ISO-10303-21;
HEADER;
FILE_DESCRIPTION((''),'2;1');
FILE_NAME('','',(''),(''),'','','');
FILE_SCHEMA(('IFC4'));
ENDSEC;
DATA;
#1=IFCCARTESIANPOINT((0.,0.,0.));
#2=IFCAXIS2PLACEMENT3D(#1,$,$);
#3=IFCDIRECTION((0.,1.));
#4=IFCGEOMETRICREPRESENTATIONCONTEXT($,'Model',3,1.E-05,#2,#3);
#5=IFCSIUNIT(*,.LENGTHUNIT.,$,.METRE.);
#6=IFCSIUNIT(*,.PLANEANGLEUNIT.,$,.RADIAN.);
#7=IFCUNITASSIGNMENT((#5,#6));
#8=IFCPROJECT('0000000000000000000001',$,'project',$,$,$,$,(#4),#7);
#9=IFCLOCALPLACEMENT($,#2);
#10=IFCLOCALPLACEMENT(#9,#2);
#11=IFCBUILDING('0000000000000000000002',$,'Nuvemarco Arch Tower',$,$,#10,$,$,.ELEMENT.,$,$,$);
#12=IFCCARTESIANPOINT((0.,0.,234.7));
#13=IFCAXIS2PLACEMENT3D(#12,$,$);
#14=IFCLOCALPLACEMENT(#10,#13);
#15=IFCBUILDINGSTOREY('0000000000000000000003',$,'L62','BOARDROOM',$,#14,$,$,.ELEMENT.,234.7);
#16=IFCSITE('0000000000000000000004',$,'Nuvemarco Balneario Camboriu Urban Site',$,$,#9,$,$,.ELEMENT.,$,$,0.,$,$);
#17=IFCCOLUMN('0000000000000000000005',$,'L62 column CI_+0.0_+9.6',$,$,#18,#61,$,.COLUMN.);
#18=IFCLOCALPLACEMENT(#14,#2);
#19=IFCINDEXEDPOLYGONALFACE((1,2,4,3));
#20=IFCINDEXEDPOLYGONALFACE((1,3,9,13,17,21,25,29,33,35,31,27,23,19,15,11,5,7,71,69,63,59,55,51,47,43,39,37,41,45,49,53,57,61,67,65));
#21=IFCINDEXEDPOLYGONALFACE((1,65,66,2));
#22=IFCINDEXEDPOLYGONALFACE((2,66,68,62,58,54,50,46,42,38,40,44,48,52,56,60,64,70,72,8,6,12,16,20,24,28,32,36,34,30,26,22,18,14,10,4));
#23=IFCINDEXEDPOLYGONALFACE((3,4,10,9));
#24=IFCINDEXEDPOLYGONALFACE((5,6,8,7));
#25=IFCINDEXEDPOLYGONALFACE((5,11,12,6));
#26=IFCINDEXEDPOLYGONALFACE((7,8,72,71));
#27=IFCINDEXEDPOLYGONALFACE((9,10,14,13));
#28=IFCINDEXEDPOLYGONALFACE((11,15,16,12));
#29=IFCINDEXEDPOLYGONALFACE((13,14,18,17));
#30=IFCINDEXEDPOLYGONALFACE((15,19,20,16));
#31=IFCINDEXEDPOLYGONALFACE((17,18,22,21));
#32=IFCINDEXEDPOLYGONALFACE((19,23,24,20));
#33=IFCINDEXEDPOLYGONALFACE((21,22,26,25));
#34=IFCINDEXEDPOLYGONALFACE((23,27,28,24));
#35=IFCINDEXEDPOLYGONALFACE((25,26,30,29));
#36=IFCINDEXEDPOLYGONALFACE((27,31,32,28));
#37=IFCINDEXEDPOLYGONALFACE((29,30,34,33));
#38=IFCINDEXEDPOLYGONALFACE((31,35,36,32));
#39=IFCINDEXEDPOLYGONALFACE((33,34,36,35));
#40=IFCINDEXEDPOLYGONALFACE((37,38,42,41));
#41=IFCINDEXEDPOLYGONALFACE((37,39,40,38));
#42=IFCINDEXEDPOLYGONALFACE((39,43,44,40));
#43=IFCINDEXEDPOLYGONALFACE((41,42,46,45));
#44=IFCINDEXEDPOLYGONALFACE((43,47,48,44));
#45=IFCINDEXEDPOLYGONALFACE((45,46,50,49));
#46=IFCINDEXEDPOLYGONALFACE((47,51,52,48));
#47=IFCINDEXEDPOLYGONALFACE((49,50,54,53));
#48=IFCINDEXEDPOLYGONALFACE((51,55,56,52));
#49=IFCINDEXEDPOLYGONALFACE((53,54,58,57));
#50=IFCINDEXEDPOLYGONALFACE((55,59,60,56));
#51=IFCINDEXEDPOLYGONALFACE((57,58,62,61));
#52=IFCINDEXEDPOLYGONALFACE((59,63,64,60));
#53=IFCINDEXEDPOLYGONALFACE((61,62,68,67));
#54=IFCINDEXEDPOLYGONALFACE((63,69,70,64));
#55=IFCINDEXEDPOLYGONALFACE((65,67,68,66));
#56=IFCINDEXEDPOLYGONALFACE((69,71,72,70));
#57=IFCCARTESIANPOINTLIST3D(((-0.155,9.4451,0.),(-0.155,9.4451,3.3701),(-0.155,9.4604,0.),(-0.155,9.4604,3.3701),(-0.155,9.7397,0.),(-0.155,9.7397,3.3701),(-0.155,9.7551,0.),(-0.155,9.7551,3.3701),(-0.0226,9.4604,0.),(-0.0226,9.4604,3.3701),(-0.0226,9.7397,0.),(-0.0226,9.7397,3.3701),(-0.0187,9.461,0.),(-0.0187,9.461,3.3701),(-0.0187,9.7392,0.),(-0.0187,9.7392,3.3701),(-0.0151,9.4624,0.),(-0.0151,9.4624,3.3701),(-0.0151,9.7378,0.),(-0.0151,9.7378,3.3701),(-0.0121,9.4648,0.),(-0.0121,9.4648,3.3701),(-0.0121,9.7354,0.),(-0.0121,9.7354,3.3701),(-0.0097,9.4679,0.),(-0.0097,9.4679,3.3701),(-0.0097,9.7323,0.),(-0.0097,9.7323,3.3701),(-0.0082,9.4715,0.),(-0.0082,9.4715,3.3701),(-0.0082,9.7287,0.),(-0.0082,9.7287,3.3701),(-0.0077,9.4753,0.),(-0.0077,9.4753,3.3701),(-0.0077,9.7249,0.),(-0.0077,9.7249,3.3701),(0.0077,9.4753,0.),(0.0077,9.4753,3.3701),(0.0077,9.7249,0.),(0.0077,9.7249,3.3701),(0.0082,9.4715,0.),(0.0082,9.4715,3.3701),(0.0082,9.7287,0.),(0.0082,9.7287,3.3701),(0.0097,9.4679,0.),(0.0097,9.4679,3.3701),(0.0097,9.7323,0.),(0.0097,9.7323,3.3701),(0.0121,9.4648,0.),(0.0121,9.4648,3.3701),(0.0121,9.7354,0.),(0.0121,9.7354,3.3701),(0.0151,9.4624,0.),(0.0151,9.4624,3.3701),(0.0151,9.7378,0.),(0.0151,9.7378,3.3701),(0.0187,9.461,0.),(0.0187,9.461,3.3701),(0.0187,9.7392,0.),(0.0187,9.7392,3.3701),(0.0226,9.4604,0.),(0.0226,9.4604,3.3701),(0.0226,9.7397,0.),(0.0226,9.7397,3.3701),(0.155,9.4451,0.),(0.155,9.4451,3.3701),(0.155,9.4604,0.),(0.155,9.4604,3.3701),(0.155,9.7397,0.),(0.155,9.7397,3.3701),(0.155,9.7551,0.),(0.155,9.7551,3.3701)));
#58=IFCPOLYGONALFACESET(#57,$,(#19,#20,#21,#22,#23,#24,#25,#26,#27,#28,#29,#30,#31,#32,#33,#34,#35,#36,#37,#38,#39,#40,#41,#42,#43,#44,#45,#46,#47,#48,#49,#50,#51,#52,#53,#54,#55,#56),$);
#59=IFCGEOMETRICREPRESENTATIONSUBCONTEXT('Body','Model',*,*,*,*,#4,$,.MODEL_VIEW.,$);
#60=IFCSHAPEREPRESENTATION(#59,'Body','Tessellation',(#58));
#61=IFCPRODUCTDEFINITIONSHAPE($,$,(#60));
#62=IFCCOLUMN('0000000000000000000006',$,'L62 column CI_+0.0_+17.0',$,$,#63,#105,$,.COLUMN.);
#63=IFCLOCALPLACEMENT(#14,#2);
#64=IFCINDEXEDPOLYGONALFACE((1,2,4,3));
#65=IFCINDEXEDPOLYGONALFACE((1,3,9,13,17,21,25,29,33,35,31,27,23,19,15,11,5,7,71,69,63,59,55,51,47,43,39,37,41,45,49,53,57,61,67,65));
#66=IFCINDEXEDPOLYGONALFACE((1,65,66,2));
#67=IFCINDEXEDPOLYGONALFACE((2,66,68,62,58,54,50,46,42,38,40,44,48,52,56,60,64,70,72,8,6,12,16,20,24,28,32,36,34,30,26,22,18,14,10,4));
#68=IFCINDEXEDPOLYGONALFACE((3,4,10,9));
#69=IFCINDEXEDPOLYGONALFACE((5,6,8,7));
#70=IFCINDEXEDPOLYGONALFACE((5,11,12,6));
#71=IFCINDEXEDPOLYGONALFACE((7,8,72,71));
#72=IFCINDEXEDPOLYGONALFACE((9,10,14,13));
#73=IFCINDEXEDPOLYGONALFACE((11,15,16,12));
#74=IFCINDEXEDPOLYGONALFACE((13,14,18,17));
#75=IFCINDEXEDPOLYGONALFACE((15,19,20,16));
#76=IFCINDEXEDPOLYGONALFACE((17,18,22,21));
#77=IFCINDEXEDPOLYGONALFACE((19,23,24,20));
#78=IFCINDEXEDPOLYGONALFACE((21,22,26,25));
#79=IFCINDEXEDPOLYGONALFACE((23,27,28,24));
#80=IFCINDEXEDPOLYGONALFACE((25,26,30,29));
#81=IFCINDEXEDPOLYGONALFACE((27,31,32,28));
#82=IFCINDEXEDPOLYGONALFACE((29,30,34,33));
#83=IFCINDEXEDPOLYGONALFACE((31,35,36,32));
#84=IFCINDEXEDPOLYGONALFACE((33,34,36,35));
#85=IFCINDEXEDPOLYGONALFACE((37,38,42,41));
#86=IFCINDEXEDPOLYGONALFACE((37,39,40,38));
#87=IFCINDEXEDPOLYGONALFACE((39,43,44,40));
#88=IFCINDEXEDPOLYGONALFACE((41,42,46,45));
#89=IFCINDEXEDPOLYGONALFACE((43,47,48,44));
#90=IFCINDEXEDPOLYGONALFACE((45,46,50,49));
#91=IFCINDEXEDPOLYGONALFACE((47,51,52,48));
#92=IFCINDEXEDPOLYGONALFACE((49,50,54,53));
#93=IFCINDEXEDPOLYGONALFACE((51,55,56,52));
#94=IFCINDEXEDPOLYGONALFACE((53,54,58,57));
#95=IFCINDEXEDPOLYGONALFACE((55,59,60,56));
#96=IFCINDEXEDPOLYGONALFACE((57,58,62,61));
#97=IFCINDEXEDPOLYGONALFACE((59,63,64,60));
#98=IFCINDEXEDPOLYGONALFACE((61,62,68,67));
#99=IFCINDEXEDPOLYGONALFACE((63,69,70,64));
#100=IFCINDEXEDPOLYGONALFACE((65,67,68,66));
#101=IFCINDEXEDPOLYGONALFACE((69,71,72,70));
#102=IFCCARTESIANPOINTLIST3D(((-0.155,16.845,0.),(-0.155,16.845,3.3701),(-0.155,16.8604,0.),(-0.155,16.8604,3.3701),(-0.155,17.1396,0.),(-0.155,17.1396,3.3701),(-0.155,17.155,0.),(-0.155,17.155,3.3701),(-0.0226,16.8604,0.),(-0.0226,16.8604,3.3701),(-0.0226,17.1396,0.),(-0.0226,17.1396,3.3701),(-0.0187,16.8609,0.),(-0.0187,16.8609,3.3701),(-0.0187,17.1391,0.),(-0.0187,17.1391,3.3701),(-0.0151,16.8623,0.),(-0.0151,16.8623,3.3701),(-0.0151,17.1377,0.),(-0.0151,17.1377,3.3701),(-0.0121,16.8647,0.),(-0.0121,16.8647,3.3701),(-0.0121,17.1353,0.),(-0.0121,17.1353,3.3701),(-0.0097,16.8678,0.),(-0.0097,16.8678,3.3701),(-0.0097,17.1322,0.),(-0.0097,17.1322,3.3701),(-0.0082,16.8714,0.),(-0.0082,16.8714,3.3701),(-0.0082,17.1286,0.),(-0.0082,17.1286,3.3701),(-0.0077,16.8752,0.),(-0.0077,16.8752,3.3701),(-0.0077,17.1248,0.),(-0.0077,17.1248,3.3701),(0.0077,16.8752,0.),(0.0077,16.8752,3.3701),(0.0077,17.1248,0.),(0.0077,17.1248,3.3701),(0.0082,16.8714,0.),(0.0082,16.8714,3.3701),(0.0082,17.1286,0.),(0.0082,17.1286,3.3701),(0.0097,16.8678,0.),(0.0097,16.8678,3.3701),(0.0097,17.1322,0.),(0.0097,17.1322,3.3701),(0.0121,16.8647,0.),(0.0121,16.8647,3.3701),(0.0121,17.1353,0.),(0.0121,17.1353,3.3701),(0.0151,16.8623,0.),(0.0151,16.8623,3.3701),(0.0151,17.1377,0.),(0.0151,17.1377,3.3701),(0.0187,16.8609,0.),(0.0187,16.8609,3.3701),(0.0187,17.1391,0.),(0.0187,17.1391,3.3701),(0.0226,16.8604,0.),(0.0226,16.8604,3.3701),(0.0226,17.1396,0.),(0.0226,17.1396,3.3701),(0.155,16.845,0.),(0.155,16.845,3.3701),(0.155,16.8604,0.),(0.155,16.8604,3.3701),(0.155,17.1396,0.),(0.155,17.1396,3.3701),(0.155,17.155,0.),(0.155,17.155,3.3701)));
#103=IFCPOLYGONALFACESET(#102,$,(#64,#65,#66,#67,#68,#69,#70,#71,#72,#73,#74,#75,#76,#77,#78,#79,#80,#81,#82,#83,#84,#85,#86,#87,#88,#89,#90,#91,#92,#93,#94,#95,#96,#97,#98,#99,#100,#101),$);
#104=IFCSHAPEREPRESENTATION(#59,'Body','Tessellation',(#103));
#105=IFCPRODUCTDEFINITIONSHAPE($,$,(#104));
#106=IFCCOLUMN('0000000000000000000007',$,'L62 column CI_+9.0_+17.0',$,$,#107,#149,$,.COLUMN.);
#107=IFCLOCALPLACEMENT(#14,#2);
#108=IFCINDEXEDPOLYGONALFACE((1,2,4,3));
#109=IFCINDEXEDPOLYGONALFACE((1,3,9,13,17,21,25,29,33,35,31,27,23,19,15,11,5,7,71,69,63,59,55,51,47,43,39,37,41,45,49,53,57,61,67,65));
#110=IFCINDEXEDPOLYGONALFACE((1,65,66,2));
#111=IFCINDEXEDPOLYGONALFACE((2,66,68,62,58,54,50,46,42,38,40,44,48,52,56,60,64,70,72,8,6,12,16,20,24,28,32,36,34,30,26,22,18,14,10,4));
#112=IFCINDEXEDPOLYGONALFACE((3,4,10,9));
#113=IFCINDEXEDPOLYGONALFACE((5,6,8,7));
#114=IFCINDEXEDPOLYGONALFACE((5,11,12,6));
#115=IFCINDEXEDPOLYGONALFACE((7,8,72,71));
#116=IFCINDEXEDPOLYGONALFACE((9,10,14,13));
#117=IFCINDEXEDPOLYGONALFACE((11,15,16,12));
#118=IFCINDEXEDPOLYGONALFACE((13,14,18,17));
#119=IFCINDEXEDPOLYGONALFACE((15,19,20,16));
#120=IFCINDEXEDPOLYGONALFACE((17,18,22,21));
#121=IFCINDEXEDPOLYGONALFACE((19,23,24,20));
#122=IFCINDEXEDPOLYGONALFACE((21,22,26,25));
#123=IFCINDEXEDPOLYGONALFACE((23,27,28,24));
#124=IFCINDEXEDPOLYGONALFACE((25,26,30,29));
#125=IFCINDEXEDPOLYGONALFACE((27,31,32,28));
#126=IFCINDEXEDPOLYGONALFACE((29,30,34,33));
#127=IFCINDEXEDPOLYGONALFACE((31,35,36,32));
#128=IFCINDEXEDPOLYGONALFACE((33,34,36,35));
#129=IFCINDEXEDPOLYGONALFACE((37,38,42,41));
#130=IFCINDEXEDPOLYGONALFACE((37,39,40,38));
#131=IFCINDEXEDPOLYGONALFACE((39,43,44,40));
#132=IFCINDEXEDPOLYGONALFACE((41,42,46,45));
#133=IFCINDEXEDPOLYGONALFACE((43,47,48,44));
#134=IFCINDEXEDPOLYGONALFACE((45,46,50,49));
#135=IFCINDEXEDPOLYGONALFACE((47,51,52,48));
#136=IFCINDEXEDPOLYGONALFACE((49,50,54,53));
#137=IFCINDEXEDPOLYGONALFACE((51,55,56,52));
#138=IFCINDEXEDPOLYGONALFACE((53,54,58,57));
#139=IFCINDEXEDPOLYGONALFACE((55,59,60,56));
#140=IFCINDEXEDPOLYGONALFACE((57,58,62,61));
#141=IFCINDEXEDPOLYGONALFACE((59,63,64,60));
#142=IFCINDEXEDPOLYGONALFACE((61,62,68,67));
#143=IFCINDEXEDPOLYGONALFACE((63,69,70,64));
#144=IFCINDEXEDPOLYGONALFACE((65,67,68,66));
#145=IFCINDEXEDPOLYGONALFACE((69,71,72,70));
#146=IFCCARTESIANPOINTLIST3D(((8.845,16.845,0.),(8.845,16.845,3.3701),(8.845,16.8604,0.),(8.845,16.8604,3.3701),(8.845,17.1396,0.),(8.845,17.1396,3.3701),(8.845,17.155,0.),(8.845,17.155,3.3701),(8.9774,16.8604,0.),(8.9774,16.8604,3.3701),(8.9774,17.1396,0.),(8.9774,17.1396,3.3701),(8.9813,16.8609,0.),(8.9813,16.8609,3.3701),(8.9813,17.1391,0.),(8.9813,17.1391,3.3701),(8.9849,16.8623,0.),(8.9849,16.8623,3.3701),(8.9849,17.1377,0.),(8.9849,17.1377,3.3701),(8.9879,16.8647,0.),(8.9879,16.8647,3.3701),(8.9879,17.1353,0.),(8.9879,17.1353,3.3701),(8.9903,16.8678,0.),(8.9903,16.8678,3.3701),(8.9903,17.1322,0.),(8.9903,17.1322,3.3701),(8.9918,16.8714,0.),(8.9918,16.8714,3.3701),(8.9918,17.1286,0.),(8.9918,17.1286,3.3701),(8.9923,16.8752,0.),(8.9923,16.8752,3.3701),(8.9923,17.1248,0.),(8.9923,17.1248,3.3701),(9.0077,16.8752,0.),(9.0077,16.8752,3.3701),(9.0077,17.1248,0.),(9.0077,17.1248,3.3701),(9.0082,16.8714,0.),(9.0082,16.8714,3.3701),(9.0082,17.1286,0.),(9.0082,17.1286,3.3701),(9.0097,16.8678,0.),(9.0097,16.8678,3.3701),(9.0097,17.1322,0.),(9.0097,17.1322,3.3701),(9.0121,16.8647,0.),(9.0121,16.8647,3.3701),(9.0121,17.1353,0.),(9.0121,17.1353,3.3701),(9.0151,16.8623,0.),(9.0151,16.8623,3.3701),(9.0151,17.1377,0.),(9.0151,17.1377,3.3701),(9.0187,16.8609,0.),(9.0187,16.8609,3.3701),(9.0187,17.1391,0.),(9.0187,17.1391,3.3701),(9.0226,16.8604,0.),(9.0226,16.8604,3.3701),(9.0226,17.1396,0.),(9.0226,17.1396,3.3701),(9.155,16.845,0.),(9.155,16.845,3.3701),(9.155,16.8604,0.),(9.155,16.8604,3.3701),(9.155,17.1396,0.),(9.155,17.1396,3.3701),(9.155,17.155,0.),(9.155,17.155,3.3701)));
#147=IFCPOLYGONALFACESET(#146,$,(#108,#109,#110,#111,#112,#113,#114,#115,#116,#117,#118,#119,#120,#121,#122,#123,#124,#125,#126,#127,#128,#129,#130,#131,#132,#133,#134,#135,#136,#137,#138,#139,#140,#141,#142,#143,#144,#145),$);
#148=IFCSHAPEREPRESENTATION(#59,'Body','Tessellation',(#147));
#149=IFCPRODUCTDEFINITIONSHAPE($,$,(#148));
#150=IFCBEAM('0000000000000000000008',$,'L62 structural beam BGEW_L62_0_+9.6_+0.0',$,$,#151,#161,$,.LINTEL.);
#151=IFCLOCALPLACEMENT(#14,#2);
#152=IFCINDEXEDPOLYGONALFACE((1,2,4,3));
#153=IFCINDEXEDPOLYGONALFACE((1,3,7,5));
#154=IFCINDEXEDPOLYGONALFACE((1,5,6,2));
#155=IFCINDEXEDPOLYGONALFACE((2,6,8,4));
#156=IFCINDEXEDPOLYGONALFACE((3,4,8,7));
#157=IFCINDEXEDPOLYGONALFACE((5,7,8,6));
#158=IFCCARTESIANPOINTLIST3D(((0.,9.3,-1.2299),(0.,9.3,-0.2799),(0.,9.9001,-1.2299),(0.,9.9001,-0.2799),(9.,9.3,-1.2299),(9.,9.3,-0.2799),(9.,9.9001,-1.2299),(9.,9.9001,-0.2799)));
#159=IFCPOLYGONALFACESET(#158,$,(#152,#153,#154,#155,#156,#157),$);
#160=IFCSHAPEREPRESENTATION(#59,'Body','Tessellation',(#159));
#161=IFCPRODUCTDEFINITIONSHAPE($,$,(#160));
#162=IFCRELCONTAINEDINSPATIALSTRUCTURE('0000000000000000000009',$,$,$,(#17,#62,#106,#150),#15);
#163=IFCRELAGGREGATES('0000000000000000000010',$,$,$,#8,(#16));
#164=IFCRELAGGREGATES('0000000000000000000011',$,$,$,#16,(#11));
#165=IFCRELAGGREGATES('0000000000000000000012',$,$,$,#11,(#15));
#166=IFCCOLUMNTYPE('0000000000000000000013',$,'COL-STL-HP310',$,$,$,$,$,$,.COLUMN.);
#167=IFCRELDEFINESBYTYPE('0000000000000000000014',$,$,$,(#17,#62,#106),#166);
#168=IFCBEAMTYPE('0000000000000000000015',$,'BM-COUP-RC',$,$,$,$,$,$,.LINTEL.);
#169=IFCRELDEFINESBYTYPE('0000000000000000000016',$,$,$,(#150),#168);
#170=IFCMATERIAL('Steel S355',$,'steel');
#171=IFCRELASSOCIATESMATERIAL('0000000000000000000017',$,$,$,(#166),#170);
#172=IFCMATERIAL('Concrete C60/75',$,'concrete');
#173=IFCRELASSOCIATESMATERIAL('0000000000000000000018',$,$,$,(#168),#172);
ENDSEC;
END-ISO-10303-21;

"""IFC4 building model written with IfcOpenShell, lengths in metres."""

from ifc_helpers import new_model, si_unit, direction, frame, origin, origin_2d, place, context, subcontext, project, spatial, rectangle, i_section, extrude, material, material_profile, profile_set, type_object, element, save


model = new_model("IFC4")

# Units and contexts
model_context = context("Model", 3, precision=1e-05, world=origin(), true_north=direction((0.0, 1.0)))
body_context = subcontext(model_context, "Body", "Model", "MODEL_VIEW")
ifc_project = project(units=[si_unit("LENGTHUNIT", "METRE"), si_unit("PLANEANGLEUNIT", "RADIAN")], contexts=[model_context])

# Site, building, storey
site_placement = place(None, origin())
site = spatial("IfcSite", under=ifc_project, at=site_placement, Name="Nuvemarco Balneario Camboriu Urban Site", CompositionType="ELEMENT", RefElevation=0.0)
building_placement = place(site_placement, origin())
building = spatial("IfcBuilding", under=site, at=building_placement, Name="Nuvemarco Arch Tower", CompositionType="ELEMENT")
storey_placement = place(building_placement, frame((0.0, 0.0, 234.7)))
storey = spatial("IfcBuildingStorey", under=building, at=storey_placement, Name="L62", Description="BOARDROOM", CompositionType="ELEMENT", Elevation=234.7)

# Columns
ifc_material_1 = material(Name="Steel S355", Category="steel")
ifc_material_profile_1 = material_profile(ifc_material_1, i_section(OverallWidth=0.3101, OverallDepth=0.3101, WebThickness=0.0154, FlangeThickness=0.0154, FilletRadius=0.0149, at=origin_2d()), Name="HP310x110")
ifc_profile_set_1 = profile_set([ifc_material_profile_1], Name="Steel S355")
column_type_1 = type_object("IfcColumnType", Name="COL-STL-HP310", PredefinedType="COLUMN", material=ifc_profile_set_1)
for number, where, z_axis, x_axis, name in (
    (1, (0.0, 9.6001, 0.0), (0.0, 0.0, 1.0), (1.0, 0.0, 0.0), "L62 column CI_+0.0_+9.6"),
    (2, (0.0, 17.0, 0.0), (0.0, 0.0, 1.0), (1.0, 0.0, 0.0), "L62 column CI_+0.0_+17.0"),
    (3, (9.0, 17.0, 0.0), (0.0, 0.0, 1.0), (1.0, 0.0, 0.0), "L62 column CI_+9.0_+17.0"),
):
    element("IfcColumn", number, at=place(storey_placement, frame(where, z_axis=z_axis, x_axis=x_axis)), inside=storey, type_object=column_type_1, Name=name, PredefinedType="COLUMN", context=body_context, shape_type="SweptSolid", body=[
        extrude(i_section(OverallWidth=0.3101, OverallDepth=0.3101, WebThickness=0.0154, FlangeThickness=0.0154, FilletRadius=0.0149, at=origin_2d()), origin(), (0.0, 0.0, 1.0), 3.3701),
    ])

# Beam
ifc_material_2 = material(Name="Concrete C60/75", Category="concrete")
ifc_material_profile_2 = material_profile(ifc_material_2, rectangle(XDim=0.6001, YDim=0.95, at=origin_2d()), Name="RC-BM-600x950")
ifc_profile_set_2 = profile_set([ifc_material_profile_2], Name="Concrete C60/75")
beam_type_1 = type_object("IfcBeamType", Name="BM-COUP-RC", PredefinedType="LINTEL", material=ifc_profile_set_2)
beam_1_placement = place(storey_placement, frame((0.0, 9.6001, -0.7549), z_axis=(1.0, 0.0, 0.0), x_axis=(0.0, 1.0, 0.0)))
element("IfcBeam", 4, at=beam_1_placement, inside=storey, type_object=beam_type_1, Name="L62 structural beam BGEW_L62_0_+9.6_+0.0", PredefinedType="LINTEL", context=body_context, shape_type="SweptSolid", body=[
    extrude(rectangle(XDim=0.6001, YDim=0.95, at=origin_2d()), origin(), (0.0, 0.0, 1.0), 9.0),
])

save(model, "model.ifc")
